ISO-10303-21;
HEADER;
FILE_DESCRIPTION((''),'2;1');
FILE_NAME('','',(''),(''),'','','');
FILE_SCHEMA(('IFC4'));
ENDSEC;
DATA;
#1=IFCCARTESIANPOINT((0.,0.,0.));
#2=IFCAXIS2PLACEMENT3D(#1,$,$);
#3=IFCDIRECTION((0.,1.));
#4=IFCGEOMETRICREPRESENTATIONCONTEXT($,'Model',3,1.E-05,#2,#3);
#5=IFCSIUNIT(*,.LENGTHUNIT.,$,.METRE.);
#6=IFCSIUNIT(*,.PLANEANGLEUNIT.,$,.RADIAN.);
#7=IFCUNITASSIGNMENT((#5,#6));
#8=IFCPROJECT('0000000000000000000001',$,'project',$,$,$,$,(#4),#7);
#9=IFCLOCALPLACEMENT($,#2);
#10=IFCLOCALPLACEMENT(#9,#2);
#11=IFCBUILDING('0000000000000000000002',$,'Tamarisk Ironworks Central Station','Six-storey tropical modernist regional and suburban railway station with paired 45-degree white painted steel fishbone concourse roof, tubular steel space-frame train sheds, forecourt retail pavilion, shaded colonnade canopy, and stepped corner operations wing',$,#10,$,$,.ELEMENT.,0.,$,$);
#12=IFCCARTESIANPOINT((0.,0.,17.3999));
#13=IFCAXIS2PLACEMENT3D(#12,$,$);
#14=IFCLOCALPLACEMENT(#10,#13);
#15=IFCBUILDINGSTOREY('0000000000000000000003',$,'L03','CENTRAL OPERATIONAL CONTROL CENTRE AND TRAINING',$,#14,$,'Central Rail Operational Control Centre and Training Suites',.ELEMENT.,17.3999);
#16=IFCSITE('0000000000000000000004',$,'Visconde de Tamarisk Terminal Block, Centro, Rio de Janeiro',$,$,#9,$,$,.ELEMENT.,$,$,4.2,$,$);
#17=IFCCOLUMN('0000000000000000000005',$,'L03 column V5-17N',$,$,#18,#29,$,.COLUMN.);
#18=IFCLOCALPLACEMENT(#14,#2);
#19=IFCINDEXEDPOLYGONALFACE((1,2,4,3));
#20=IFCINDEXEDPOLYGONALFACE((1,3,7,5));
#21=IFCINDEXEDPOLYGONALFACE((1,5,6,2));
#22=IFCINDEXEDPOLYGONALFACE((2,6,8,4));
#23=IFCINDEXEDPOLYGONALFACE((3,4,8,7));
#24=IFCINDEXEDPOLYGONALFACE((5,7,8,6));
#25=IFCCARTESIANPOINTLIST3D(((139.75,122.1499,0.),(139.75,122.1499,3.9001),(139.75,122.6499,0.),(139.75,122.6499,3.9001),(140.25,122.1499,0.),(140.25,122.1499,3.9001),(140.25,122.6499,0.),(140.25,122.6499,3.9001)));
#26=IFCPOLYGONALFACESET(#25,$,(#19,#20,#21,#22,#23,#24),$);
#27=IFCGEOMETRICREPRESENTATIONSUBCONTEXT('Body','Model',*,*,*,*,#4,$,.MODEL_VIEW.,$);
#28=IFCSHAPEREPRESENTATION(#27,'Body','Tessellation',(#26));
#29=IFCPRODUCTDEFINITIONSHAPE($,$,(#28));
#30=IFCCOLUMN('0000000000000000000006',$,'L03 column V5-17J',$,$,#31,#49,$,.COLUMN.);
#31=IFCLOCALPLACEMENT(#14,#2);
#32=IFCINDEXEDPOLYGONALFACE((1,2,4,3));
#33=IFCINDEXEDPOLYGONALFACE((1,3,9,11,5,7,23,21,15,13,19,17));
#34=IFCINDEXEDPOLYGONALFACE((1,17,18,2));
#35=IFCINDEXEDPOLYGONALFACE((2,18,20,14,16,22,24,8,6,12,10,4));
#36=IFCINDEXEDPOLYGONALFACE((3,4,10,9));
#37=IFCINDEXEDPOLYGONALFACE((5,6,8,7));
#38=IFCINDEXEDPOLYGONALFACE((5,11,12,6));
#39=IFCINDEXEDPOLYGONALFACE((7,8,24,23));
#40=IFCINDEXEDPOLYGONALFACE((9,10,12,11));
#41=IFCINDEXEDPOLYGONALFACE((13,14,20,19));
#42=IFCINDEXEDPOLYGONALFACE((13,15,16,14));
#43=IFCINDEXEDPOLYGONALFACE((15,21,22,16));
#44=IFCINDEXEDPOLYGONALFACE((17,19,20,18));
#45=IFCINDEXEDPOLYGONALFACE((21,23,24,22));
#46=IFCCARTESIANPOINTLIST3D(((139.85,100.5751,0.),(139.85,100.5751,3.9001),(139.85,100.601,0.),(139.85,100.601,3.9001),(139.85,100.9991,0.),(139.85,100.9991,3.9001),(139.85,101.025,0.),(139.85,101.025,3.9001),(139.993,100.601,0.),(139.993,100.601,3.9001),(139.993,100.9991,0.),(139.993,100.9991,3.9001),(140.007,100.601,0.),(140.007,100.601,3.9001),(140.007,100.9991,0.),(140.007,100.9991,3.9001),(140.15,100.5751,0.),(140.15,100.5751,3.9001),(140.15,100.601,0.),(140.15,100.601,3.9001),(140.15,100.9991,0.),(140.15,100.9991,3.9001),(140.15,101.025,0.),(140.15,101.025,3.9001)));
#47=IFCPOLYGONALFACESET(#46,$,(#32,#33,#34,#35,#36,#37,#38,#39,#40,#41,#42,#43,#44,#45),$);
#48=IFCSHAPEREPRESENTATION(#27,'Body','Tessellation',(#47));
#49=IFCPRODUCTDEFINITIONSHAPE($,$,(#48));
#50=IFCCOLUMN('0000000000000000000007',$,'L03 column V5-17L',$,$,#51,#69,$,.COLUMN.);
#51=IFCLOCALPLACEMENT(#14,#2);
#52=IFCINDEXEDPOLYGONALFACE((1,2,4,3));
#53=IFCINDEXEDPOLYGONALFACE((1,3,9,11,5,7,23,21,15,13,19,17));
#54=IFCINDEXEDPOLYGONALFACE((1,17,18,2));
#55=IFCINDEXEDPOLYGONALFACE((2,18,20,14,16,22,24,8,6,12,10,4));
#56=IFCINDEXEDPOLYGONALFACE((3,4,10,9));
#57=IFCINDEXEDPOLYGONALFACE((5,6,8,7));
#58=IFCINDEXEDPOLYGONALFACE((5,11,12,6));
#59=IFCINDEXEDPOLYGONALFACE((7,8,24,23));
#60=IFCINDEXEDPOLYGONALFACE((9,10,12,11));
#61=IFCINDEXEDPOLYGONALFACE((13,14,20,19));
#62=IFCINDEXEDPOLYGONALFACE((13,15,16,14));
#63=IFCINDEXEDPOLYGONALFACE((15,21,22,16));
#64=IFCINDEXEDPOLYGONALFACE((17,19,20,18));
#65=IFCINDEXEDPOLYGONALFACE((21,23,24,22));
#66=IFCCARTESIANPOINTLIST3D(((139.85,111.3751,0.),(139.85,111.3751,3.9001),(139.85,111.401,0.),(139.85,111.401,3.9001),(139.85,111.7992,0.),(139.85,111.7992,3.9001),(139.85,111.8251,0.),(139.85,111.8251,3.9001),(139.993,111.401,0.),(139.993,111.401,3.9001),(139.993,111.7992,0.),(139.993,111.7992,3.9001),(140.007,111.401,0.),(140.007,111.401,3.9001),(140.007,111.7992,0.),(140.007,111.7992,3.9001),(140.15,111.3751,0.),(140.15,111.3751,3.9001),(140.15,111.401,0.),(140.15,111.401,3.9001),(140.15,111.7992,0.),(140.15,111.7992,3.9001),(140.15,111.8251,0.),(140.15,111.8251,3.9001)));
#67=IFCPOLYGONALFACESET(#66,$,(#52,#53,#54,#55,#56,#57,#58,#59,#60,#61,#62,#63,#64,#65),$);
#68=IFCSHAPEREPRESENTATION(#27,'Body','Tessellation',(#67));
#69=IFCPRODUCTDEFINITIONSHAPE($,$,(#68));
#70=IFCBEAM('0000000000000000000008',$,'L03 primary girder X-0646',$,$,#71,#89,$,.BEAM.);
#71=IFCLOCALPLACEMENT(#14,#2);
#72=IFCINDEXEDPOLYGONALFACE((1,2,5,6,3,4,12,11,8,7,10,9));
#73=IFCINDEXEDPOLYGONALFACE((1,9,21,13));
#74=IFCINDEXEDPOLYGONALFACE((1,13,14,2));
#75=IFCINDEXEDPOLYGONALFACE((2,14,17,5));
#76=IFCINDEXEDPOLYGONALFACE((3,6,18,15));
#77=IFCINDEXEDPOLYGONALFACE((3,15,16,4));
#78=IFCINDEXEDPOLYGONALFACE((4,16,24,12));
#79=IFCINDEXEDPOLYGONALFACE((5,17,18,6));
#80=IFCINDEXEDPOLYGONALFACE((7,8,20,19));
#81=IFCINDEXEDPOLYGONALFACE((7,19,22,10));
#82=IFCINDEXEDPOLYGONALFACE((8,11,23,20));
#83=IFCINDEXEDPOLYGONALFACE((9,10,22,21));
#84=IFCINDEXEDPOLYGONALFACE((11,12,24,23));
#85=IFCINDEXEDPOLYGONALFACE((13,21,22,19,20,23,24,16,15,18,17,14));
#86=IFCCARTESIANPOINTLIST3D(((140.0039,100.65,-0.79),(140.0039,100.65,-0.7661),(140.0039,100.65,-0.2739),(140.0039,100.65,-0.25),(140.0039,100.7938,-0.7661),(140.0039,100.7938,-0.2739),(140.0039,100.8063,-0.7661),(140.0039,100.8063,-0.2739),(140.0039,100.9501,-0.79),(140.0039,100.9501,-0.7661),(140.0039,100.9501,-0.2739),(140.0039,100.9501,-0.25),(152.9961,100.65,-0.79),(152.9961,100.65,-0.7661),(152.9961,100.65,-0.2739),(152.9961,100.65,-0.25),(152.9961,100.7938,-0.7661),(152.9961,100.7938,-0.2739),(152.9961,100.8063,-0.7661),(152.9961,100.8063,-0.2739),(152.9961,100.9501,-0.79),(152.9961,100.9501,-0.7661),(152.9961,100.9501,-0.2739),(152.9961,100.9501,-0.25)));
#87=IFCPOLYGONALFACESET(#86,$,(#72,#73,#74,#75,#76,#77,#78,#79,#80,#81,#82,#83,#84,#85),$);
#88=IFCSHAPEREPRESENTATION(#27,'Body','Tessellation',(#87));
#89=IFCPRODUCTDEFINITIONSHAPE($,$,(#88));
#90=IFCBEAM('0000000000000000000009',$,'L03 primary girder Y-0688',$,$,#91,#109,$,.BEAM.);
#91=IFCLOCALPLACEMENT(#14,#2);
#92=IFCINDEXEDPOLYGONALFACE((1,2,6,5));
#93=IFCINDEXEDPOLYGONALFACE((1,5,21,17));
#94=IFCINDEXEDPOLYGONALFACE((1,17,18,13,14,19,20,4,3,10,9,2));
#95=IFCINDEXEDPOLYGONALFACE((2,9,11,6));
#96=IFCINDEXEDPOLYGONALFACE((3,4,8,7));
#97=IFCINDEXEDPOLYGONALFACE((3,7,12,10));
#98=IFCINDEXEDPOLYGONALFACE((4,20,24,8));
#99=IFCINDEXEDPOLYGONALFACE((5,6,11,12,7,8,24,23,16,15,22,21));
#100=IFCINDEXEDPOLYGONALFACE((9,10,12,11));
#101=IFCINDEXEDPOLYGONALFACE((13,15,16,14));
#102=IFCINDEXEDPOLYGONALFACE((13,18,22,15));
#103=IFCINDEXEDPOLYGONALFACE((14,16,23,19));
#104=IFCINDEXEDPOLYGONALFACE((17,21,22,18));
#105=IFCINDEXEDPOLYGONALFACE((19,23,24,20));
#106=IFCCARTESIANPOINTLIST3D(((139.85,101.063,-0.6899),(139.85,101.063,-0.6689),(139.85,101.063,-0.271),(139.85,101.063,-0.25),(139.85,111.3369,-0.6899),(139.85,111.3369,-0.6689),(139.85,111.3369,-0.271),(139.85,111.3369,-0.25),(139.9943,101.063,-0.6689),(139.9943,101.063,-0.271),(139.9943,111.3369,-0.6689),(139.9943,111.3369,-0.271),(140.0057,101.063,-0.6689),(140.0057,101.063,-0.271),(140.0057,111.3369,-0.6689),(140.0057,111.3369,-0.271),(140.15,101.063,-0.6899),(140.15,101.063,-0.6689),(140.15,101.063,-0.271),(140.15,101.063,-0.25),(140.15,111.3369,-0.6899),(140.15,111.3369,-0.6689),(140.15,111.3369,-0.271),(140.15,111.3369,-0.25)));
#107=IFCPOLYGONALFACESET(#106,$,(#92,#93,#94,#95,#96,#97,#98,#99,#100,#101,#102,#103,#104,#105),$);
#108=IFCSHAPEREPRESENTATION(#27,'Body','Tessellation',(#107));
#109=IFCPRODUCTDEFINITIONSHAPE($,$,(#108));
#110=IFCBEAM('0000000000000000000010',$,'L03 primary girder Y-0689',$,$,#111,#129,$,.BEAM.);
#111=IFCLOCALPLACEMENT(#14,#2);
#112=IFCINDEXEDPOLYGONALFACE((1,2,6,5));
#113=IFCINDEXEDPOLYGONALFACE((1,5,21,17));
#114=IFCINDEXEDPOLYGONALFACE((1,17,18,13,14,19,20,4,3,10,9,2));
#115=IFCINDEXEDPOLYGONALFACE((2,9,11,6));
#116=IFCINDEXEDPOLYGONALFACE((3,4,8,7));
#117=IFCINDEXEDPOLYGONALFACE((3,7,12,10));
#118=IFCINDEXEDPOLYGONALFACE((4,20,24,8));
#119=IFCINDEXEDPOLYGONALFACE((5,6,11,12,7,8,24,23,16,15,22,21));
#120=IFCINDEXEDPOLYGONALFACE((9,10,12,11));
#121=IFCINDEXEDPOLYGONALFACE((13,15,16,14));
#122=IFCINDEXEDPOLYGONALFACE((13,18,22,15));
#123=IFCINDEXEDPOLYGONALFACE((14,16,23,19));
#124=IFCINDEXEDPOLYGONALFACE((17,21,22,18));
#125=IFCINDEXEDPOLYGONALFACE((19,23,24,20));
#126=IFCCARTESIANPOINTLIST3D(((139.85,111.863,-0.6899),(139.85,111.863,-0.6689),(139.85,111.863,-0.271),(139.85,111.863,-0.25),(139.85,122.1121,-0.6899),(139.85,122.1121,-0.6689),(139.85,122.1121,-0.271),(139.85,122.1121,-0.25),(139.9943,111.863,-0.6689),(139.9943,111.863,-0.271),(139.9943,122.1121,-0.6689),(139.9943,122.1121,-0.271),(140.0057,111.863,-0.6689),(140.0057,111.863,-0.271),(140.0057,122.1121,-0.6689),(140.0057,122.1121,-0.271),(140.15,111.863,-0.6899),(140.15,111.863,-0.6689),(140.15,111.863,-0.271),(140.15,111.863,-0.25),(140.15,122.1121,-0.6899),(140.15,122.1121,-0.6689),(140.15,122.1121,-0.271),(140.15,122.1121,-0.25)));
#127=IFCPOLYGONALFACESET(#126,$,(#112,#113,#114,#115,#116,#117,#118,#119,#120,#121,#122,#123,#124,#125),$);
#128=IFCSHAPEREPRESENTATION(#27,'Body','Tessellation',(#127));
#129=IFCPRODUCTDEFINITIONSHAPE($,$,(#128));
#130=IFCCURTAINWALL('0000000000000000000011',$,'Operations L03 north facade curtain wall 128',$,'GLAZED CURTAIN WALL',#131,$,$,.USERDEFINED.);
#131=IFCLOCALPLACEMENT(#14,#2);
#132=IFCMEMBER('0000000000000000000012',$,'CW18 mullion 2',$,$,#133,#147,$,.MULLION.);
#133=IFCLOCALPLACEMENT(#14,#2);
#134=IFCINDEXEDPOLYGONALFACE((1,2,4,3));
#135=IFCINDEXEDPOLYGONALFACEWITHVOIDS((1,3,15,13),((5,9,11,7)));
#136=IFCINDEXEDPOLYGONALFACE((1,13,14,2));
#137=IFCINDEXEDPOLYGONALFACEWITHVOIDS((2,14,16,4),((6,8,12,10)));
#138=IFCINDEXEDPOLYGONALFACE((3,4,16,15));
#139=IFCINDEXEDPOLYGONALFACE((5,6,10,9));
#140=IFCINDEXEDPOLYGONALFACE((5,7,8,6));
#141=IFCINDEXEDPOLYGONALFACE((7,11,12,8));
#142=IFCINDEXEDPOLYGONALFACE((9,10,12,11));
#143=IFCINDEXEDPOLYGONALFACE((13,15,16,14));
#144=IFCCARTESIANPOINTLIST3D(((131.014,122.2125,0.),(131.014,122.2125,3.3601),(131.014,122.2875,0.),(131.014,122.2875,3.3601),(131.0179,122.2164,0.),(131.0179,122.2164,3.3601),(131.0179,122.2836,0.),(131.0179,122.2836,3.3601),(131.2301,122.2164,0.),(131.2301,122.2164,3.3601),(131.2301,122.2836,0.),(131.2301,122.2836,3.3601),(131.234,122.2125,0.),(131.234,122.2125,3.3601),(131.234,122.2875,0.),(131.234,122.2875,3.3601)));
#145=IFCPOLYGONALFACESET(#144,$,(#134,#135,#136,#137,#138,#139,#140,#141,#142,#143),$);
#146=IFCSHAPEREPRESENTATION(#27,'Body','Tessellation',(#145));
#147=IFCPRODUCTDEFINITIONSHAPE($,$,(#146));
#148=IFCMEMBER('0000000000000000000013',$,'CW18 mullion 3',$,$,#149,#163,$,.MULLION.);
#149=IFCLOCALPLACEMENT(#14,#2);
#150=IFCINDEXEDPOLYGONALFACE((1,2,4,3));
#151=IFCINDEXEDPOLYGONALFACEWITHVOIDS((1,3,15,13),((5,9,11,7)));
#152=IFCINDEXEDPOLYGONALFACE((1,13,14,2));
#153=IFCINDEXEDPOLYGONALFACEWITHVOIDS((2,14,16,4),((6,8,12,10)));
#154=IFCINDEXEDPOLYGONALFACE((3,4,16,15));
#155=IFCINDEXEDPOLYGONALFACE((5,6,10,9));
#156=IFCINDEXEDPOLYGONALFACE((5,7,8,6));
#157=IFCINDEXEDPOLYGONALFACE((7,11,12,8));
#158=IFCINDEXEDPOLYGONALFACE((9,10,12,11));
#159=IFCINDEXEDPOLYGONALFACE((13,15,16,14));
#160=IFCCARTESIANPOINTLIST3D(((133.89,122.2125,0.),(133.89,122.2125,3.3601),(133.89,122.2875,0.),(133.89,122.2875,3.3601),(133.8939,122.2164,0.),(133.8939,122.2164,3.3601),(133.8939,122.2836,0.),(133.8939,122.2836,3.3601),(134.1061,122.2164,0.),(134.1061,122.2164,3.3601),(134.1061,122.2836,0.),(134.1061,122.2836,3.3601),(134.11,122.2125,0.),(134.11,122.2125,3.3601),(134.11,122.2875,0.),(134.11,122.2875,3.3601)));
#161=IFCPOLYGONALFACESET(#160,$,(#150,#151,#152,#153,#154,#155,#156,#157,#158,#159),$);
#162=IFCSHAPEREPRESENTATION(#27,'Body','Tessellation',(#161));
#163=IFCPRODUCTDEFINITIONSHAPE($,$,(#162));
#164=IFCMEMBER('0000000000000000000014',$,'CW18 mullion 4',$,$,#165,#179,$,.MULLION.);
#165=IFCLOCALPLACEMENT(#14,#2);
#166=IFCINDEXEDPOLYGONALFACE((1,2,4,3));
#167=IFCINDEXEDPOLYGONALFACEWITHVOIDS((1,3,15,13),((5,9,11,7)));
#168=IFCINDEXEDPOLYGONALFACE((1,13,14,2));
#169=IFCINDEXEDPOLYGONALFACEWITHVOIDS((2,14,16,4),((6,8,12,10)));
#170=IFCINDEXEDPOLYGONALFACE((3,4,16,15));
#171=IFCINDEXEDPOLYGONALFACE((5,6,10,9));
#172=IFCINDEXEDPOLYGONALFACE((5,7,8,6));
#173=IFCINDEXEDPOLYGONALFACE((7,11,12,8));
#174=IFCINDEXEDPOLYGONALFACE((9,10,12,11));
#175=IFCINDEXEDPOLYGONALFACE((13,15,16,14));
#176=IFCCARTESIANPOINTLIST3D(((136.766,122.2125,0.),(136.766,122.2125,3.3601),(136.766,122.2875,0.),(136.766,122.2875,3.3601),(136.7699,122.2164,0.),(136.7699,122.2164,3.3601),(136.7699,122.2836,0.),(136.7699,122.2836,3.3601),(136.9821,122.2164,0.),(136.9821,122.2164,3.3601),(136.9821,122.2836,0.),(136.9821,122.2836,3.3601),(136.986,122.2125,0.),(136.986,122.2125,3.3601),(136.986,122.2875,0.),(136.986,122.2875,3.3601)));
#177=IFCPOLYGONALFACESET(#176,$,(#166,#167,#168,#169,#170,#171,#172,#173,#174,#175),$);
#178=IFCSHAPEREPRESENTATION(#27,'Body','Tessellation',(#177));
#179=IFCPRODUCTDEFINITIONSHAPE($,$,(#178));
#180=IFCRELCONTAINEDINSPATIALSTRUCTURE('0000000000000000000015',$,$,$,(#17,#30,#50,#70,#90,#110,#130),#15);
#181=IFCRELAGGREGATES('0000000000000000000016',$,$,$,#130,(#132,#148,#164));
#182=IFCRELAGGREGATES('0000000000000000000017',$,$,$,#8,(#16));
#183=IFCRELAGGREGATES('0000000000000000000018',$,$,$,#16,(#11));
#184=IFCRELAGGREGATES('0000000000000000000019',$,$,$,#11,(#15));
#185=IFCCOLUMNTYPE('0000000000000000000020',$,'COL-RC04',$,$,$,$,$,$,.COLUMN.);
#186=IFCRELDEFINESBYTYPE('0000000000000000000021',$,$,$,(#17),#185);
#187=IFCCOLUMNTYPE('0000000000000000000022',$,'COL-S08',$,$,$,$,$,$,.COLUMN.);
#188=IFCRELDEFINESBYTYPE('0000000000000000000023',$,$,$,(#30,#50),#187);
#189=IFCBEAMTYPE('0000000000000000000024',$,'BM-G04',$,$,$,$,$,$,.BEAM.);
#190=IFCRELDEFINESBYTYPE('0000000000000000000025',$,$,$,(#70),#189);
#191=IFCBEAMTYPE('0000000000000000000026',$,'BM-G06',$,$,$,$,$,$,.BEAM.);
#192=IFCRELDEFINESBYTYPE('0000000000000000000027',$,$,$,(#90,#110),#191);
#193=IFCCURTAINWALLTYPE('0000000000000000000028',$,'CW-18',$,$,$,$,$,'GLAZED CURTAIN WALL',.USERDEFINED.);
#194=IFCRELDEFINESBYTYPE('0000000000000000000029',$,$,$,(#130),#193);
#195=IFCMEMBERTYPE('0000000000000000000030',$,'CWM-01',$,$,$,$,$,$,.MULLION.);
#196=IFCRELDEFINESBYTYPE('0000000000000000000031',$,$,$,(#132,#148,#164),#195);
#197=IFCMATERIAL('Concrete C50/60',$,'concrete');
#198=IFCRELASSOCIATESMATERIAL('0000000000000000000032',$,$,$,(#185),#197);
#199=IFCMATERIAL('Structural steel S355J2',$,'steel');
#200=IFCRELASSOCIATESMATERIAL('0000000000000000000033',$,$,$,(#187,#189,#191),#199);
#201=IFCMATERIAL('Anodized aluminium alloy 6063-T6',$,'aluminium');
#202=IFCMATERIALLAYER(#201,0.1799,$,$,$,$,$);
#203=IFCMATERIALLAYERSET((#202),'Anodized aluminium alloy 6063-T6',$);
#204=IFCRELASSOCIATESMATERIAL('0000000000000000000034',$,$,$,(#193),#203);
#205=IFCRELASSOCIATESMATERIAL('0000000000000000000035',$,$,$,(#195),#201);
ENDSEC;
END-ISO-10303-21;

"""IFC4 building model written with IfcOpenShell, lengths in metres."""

from ifc_helpers import new_model, si_unit, direction, frame, origin, origin_2d, place, context, subcontext, project, spatial, rectangle, hollow_rectangle, i_section, extrude, material, layer, layer_set, material_profile, profile_set, type_object, element, aggregate, save


model = new_model("IFC4")

# Units and contexts
model_context = context("Model", 3, precision=1e-05, world=origin(), true_north=direction((0.0, 1.0)))
body_context = subcontext(model_context, "Body", "Model", "MODEL_VIEW")
ifc_project = project(units=[si_unit("LENGTHUNIT", "METRE"), si_unit("PLANEANGLEUNIT", "RADIAN")], contexts=[model_context])

# Site, building, storey
site_placement = place(None, origin())
site = spatial("IfcSite", under=ifc_project, at=site_placement, Name="Visconde de Tamarisk Terminal Block, Centro, Rio de Janeiro", CompositionType="ELEMENT", RefElevation=4.2)
building_placement = place(site_placement, origin())
building = spatial("IfcBuilding", under=site, at=building_placement, Name="Tamarisk Ironworks Central Station", Description="Six-storey tropical modernist regional and suburban railway station with paired 45-degree white painted steel fishbone concourse roof, tubular steel space-frame train sheds, forecourt retail pavilion, shaded colonnade canopy, and stepped corner operations wing", CompositionType="ELEMENT", ElevationOfRefHeight=0.0)
storey_placement = place(building_placement, frame((0.0, 0.0, 17.3999)))
storey = spatial("IfcBuildingStorey", under=building, at=storey_placement, Name="L03", Description="CENTRAL OPERATIONAL CONTROL CENTRE AND TRAINING", LongName="Central Rail Operational Control Centre and Training Suites", CompositionType="ELEMENT", Elevation=17.3999)

# Columns
ifc_material_1 = material(Name="Concrete C50/60", Category="concrete")
ifc_material_profile_1 = material_profile(ifc_material_1, rectangle(XDim=0.5, YDim=0.5, at=origin_2d()), Name="RC 500x500")
ifc_profile_set_1 = profile_set([ifc_material_profile_1], Name="Concrete C50/60")
column_type_1 = type_object("IfcColumnType", Name="COL-RC04", PredefinedType="COLUMN", material=ifc_profile_set_1)
column_placement = place(storey_placement, frame((140.0, 122.3999, 0.0), z_axis=(0.0, 0.0, 1.0), x_axis=(1.0, 0.0, 0.0)))
element("IfcColumn", 1, at=column_placement, inside=storey, type_object=column_type_1, Name="L03 column V5-17N", PredefinedType="COLUMN", context=body_context, shape_type="SweptSolid", body=[
    extrude(rectangle(XDim=0.5, YDim=0.5, at=origin_2d()), origin(), (0.0, 0.0, 1.0), 3.9001),
])
ifc_material_2 = material(Name="Structural steel S355J2", Category="steel")
ifc_material_profile_2 = material_profile(ifc_material_2, i_section(OverallWidth=0.3, OverallDepth=0.45, WebThickness=0.0139, FlangeThickness=0.0259, at=origin_2d()), Name="HEB 450")
ifc_profile_set_2 = profile_set([ifc_material_profile_2], Name="Structural steel S355J2")
column_type_2 = type_object("IfcColumnType", Name="COL-S08", PredefinedType="COLUMN", material=ifc_profile_set_2)
for number, where, z_axis, x_axis, name in (
    (2, (140.0, 100.8, 0.0), (0.0, 0.0, 1.0), (1.0, 0.0, 0.0), "L03 column V5-17J"),
    (3, (140.0, 111.6001, 0.0), (0.0, 0.0, 1.0), (1.0, 0.0, 0.0), "L03 column V5-17L"),
):
    element("IfcColumn", number, at=place(storey_placement, frame(where, z_axis=z_axis, x_axis=x_axis)), inside=storey, type_object=column_type_2, Name=name, PredefinedType="COLUMN", context=body_context, shape_type="SweptSolid", body=[
        extrude(i_section(OverallWidth=0.3, OverallDepth=0.45, WebThickness=0.0139, FlangeThickness=0.0259, at=origin_2d()), origin(), (0.0, 0.0, 1.0), 3.9001),
    ])

# Beams
ifc_material_profile_3 = material_profile(ifc_material_2, i_section(OverallWidth=0.3, OverallDepth=0.54, WebThickness=0.0125, FlangeThickness=0.0239, at=origin_2d()), Name="HEA 550")
ifc_profile_set_3 = profile_set([ifc_material_profile_3], Name="Structural steel S355J2")
beam_type_1 = type_object("IfcBeamType", Name="BM-G04", PredefinedType="BEAM", material=ifc_profile_set_3)
beam_1_placement = place(storey_placement, frame((140.0039, 100.8, -0.52), z_axis=(1.0, 0.0, 0.0), x_axis=(0.0, 1.0, 0.0)))
element("IfcBeam", 4, at=beam_1_placement, inside=storey, type_object=beam_type_1, Name="L03 primary girder X-0646", PredefinedType="BEAM", context=body_context, shape_type="SweptSolid", body=[
    extrude(i_section(OverallWidth=0.3, OverallDepth=0.54, WebThickness=0.0125, FlangeThickness=0.0239, at=origin_2d()), origin(), (0.0, 0.0, 1.0), 12.9922),
])
ifc_material_profile_4 = material_profile(ifc_material_2, i_section(OverallWidth=0.3, OverallDepth=0.4399, WebThickness=0.0115, FlangeThickness=0.021, at=origin_2d()), Name="HEA 450")
ifc_profile_set_4 = profile_set([ifc_material_profile_4], Name="Structural steel S355J2")
beam_type_2 = type_object("IfcBeamType", Name="BM-G06", PredefinedType="BEAM", material=ifc_profile_set_4)
beam_2_placement = place(storey_placement, frame((140.0, 101.063, -0.47), z_axis=(0.0, 1.0, 0.0), x_axis=(-1.0, 0.0, 0.0)))
element("IfcBeam", 5, at=beam_2_placement, inside=storey, type_object=beam_type_2, Name="L03 primary girder Y-0688", PredefinedType="BEAM", context=body_context, shape_type="SweptSolid", body=[
    extrude(i_section(OverallWidth=0.3, OverallDepth=0.4399, WebThickness=0.0115, FlangeThickness=0.021, at=origin_2d()), origin(), (0.0, 0.0, 1.0), 10.2739),
])
beam_3_placement = place(storey_placement, frame((140.0, 111.863, -0.47), z_axis=(0.0, 1.0, 0.0), x_axis=(-1.0, 0.0, 0.0)))
element("IfcBeam", 6, at=beam_3_placement, inside=storey, type_object=beam_type_2, Name="L03 primary girder Y-0689", PredefinedType="BEAM", context=body_context, shape_type="SweptSolid", body=[
    extrude(i_section(OverallWidth=0.3, OverallDepth=0.4399, WebThickness=0.0115, FlangeThickness=0.021, at=origin_2d()), origin(), (0.0, 0.0, 1.0), 10.249),
])

# Curtain wall, members
ifc_material_3 = material(Name="Anodized aluminium alloy 6063-T6", Category="aluminium")
ifc_layer_1 = layer(ifc_material_3, 0.1799)
ifc_layer_set_1 = layer_set([ifc_layer_1], Name="Anodized aluminium alloy 6063-T6")
curtain_wall_type = type_object("IfcCurtainWallType", Name="CW-18", ElementType="GLAZED CURTAIN WALL", PredefinedType="USERDEFINED", material=ifc_layer_set_1)
curtain_wall_placement = place(storey_placement, origin())
curtain_wall = element("IfcCurtainWall", 7, at=curtain_wall_placement, inside=storey, type_object=curtain_wall_type, Name="Operations L03 north facade curtain wall 128", ObjectType="GLAZED CURTAIN WALL", PredefinedType="USERDEFINED")
ifc_material_profile_5 = material_profile(ifc_material_3, hollow_rectangle(XDim=0.075, YDim=0.22, WallThickness=0.0039, at=origin_2d()), Name="ALUM 220x75")
ifc_profile_set_5 = profile_set([ifc_material_profile_5], Name="Anodized aluminium alloy 6063-T6")
member_type_1 = type_object("IfcMemberType", Name="CWM-01", PredefinedType="MULLION", material=ifc_profile_set_5)
member_1_placement = place(storey_placement, frame((131.124, 122.25, 0.0), z_axis=(0.0, 0.0, 1.0), x_axis=(0.0, 1.0, 0.0)))
member_1 = element("IfcMember", 8, at=member_1_placement, type_object=member_type_1, Name="CW18 mullion 2", PredefinedType="MULLION", context=body_context, shape_type="SweptSolid", body=[
    extrude(hollow_rectangle(XDim=0.075, YDim=0.22, WallThickness=0.0039, at=origin_2d()), origin(), (0.0, 0.0, 1.0), 3.3601),
])
member_2_placement = place(storey_placement, frame((134.0, 122.25, 0.0), z_axis=(0.0, 0.0, 1.0), x_axis=(0.0, 1.0, 0.0)))
member_2 = element("IfcMember", 9, at=member_2_placement, type_object=member_type_1, Name="CW18 mullion 3", PredefinedType="MULLION", context=body_context, shape_type="SweptSolid", body=[
    extrude(hollow_rectangle(XDim=0.075, YDim=0.22, WallThickness=0.0039, at=origin_2d()), origin(), (0.0, 0.0, 1.0), 3.3601),
])
member_3_placement = place(storey_placement, frame((136.876, 122.25, 0.0), z_axis=(0.0, 0.0, 1.0), x_axis=(0.0, 1.0, 0.0)))
member_3 = element("IfcMember", 10, at=member_3_placement, type_object=member_type_1, Name="CW18 mullion 4", PredefinedType="MULLION", context=body_context, shape_type="SweptSolid", body=[
    extrude(hollow_rectangle(XDim=0.075, YDim=0.22, WallThickness=0.0039, at=origin_2d()), origin(), (0.0, 0.0, 1.0), 3.3601),
])
aggregate(curtain_wall, [member_1, member_2, member_3])

save(model, "model.ifc")
